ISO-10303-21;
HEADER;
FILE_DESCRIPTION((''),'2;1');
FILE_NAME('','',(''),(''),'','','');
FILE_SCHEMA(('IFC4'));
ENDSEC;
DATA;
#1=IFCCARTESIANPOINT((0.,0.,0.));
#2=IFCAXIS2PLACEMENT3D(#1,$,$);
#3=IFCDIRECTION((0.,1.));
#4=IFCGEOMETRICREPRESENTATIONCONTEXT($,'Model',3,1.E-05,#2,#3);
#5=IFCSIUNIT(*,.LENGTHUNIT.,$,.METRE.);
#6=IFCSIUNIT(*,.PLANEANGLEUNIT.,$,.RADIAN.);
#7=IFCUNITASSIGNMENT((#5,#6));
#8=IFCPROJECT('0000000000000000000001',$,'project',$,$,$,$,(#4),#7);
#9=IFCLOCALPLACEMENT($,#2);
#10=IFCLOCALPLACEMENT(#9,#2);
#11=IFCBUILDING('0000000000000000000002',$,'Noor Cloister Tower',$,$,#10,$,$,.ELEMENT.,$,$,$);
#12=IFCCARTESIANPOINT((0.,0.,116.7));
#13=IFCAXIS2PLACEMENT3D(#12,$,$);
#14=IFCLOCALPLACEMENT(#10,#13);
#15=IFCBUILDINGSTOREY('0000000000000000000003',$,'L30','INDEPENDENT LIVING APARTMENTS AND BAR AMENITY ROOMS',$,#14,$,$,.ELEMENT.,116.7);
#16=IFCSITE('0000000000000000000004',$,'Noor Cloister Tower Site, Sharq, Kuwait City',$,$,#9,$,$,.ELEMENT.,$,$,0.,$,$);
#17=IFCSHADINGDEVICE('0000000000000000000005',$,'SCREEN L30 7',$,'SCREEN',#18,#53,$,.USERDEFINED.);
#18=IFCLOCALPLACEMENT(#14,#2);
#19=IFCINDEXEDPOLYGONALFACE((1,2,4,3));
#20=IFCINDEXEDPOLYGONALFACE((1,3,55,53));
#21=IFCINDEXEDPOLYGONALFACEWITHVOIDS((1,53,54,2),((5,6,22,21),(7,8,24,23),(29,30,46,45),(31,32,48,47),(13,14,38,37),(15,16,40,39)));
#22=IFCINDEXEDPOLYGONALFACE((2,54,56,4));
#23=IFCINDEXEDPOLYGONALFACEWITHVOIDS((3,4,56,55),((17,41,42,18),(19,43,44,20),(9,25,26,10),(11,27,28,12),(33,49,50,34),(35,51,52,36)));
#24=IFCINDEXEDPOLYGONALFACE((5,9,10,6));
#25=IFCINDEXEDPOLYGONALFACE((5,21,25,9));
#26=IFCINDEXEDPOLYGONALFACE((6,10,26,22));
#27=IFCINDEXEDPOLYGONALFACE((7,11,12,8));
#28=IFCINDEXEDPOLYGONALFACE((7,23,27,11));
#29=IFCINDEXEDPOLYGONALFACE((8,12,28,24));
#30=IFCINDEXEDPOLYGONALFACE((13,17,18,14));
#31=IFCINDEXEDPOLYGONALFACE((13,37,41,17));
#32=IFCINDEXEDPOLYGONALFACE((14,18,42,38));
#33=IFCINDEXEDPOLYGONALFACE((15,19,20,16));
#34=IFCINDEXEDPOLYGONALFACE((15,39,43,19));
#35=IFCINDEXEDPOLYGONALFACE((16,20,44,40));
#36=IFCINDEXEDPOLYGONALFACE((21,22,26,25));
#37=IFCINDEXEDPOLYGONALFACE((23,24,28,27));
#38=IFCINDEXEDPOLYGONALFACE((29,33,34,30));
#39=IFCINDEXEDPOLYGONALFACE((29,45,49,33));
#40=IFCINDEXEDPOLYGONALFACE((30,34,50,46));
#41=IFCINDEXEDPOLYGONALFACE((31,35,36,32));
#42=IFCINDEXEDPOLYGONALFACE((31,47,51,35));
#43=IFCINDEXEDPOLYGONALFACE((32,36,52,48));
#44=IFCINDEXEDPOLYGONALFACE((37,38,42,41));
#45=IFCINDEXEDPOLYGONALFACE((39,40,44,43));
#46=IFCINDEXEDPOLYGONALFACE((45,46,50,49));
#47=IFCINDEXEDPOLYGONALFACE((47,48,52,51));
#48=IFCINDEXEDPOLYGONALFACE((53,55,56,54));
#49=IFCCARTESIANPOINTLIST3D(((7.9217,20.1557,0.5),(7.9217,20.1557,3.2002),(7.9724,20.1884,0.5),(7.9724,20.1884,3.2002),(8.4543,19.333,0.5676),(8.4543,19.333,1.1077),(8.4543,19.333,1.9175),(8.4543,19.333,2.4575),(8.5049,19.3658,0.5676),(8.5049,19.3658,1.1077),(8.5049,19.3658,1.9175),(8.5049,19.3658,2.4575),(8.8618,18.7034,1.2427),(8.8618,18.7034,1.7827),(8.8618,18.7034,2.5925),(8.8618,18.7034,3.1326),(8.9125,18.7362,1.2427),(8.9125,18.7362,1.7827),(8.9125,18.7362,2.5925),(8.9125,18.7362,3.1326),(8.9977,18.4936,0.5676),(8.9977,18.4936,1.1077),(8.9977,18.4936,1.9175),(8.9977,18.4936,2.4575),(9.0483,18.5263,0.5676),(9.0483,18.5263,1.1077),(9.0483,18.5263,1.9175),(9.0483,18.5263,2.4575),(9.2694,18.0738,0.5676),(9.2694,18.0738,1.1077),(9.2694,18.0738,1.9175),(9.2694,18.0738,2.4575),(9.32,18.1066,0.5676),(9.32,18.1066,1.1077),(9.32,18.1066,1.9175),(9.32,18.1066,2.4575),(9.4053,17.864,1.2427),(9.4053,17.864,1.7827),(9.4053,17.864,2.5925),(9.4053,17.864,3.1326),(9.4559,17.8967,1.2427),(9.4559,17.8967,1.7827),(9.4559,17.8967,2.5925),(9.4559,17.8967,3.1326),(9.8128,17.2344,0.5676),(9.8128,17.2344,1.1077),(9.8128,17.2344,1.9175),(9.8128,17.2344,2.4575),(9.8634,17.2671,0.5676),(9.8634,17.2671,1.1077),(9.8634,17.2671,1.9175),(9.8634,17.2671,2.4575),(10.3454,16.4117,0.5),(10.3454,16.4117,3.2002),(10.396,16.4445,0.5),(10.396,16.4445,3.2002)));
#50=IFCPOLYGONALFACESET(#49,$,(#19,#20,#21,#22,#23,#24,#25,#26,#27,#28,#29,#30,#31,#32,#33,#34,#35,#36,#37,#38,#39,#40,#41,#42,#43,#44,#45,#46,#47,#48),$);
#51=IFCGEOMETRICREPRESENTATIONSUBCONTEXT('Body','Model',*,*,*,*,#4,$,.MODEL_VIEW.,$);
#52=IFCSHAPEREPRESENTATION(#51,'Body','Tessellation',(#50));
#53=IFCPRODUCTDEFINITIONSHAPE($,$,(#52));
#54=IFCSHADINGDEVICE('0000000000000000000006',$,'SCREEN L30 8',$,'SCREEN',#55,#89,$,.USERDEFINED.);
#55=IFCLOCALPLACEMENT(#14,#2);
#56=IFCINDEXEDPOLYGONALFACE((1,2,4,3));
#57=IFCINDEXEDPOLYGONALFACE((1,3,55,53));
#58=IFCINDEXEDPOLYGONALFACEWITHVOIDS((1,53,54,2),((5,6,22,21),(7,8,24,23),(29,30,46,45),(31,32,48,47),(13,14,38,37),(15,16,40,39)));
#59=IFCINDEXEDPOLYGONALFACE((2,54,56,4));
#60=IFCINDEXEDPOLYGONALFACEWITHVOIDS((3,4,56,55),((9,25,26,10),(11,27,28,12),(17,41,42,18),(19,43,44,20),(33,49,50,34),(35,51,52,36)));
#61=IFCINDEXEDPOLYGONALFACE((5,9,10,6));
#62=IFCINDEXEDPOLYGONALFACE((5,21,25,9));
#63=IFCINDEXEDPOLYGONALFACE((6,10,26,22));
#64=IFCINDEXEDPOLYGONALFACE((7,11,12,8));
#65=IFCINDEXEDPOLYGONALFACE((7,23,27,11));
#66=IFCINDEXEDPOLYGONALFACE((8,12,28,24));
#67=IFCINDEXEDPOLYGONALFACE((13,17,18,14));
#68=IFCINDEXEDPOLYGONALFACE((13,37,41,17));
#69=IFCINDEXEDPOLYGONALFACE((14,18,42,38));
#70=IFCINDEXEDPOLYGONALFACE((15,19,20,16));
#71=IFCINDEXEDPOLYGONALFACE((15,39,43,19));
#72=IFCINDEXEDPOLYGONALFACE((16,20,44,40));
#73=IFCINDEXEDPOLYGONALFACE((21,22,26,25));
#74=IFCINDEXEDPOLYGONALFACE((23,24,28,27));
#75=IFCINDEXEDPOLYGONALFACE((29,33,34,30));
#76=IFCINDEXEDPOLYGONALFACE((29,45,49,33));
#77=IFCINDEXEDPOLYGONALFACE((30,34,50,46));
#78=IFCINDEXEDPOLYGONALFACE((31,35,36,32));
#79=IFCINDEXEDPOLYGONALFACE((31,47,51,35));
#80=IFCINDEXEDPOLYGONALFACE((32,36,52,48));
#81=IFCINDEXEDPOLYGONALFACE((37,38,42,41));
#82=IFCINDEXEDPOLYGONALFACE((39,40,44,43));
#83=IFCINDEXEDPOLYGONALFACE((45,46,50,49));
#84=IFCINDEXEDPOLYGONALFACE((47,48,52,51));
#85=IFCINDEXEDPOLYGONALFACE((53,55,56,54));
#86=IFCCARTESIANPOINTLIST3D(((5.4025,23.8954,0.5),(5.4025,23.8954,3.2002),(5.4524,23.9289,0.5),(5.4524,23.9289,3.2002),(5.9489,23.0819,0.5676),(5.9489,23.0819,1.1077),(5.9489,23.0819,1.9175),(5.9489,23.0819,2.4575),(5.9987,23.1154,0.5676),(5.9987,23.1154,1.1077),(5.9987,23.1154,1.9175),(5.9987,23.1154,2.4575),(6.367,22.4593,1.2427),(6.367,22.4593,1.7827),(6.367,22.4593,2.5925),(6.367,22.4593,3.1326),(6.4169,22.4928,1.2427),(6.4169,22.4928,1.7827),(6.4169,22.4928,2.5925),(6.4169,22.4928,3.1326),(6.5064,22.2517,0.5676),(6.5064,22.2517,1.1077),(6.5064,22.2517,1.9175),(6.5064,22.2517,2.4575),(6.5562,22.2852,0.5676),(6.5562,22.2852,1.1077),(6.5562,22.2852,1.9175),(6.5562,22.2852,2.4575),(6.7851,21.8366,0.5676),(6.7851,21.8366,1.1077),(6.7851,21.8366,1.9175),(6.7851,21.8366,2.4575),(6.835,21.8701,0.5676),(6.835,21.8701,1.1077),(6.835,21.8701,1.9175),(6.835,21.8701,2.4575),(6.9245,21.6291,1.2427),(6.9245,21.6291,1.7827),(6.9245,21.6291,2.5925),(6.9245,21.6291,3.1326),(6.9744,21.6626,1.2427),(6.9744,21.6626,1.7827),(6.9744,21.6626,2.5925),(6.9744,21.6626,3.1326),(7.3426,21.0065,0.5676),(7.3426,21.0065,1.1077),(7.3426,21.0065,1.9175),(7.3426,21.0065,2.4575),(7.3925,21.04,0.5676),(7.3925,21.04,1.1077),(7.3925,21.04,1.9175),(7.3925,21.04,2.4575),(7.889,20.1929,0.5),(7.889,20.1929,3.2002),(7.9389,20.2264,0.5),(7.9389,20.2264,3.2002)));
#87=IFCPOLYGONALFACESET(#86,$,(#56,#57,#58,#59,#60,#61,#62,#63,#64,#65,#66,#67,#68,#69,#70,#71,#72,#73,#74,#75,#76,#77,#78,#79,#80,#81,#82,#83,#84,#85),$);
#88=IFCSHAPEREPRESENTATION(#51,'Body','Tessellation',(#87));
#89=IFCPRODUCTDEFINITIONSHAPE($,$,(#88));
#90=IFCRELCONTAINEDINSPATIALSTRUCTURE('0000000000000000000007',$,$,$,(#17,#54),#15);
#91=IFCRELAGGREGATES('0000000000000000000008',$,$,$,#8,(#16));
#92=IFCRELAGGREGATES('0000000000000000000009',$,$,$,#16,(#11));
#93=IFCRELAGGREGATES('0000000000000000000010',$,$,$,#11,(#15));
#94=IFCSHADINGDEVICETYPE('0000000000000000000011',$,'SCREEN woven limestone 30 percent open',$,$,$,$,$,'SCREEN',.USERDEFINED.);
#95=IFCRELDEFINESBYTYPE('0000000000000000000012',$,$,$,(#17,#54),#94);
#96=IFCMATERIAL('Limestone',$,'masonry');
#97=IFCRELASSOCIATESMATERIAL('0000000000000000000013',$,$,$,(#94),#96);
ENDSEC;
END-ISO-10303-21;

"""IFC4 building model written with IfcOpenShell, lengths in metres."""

from ifc_helpers import new_model, si_unit, direction, frame, origin, place, context, subcontext, project, spatial, polyline, outline, extrude, material, material_profile, profile_set, type_object, element, save


model = new_model("IFC4")

# Units and contexts
model_context = context("Model", 3, precision=1e-05, world=origin(), true_north=direction((0.0, 1.0)))
body_context = subcontext(model_context, "Body", "Model", "MODEL_VIEW")
ifc_project = project(units=[si_unit("LENGTHUNIT", "METRE"), si_unit("PLANEANGLEUNIT", "RADIAN")], contexts=[model_context])

# Site, building, storey
site_placement = place(None, origin())
site = spatial("IfcSite", under=ifc_project, at=site_placement, Name="Noor Cloister Tower Site, Sharq, Kuwait City", CompositionType="ELEMENT", RefElevation=0.0)
building_placement = place(site_placement, origin())
building = spatial("IfcBuilding", under=site, at=building_placement, Name="Noor Cloister Tower", CompositionType="ELEMENT")
storey_placement = place(building_placement, frame((0.0, 0.0, 116.7)))
storey = spatial("IfcBuildingStorey", under=building, at=storey_placement, Name="L30", Description="INDEPENDENT LIVING APARTMENTS AND BAR AMENITY ROOMS", CompositionType="ELEMENT", Elevation=116.7)

# Shading devices
ifc_material_1 = material(Name="Limestone", Category="masonry")
ifc_material_profile_1 = material_profile(ifc_material_1, outline(polyline([(-2.23, -1.3501), (2.23, -1.3501), (2.23, 1.3501), (-2.23, 1.3501), (-2.23, -1.3501)]), holes=[polyline([(-1.25, -1.2825), (-0.25, -1.2825), (-0.25, -0.7424), (-1.25, -0.7424), (-1.25, -1.2825)]), polyline([(0.25, -1.2825), (1.25, -1.2825), (1.25, -0.7424), (0.25, -0.7424), (0.25, -1.2825)]), polyline([(-0.5, -0.6074), (0.5, -0.6074), (0.5, -0.0674), (-0.5, -0.0674), (-0.5, -0.6074)]), polyline([(-1.25, 0.0674), (-0.25, 0.0674), (-0.25, 0.6074), (-1.25, 0.6074), (-1.25, 0.0674)]), polyline([(0.25, 0.0674), (1.25, 0.0674), (1.25, 0.6074), (0.25, 0.6074), (0.25, 0.0674)]), polyline([(-0.5, 0.7424), (0.5, 0.7424), (0.5, 1.2825), (-0.5, 1.2825), (-0.5, 0.7424)])]), Name="Woven screen 30 percent open")
ifc_profile_set_1 = profile_set([ifc_material_profile_1], Name="Limestone")
shading_device_type = type_object("IfcShadingDeviceType", Name="SCREEN woven limestone 30 percent open", ElementType="SCREEN", PredefinedType="USERDEFINED", material=ifc_profile_set_1)
shading_device_1_placement = place(storey_placement, frame((9.1335, 18.2837, 1.8501), z_axis=(0.839461, 0.543419, 0.0), x_axis=(-0.543419, 0.839461, 0.0)))
element("IfcShadingDevice", 1, at=shading_device_1_placement, inside=storey, type_object=shading_device_type, Name="SCREEN L30 7", ObjectType="SCREEN", PredefinedType="USERDEFINED", context=body_context, shape_type="SweptSolid", body=[
    extrude(outline(polyline([(-2.23, -1.3501), (2.23, -1.3501), (2.23, 1.3501), (-2.23, 1.3501), (-2.23, -1.3501)]), holes=[polyline([(-1.25, -1.2825), (-0.25, -1.2825), (-0.25, -0.7424), (-1.25, -0.7424), (-1.25, -1.2825)]), polyline([(0.25, -1.2825), (1.25, -1.2825), (1.25, -0.7424), (0.25, -0.7424), (0.25, -1.2825)]), polyline([(-0.5, -0.6074), (0.5, -0.6074), (0.5, -0.0674), (-0.5, -0.0674), (-0.5, -0.6074)]), polyline([(-1.25, 0.0674), (-0.25, 0.0674), (-0.25, 0.6074), (-1.25, 0.6074), (-1.25, 0.0674)]), polyline([(0.25, 0.0674), (1.25, 0.0674), (1.25, 0.6074), (0.25, 0.6074), (0.25, 0.0674)]), polyline([(-0.5, 0.7424), (0.5, 0.7424), (0.5, 1.2825), (-0.5, 1.2825), (-0.5, 0.7424)])]), origin(), (0.0, 0.0, 1.0), 0.0603),
])
shading_device_2_placement = place(storey_placement, frame((6.6458, 22.0442, 1.8501), z_axis=(0.830167, 0.557514, 0.0), x_axis=(-0.557514, 0.830167, 0.0)))
element("IfcShadingDevice", 2, at=shading_device_2_placement, inside=storey, type_object=shading_device_type, Name="SCREEN L30 8", ObjectType="SCREEN", PredefinedType="USERDEFINED", context=body_context, shape_type="SweptSolid", body=[
    extrude(outline(polyline([(-2.23, -1.3501), (2.23, -1.3501), (2.23, 1.3501), (-2.23, 1.3501), (-2.23, -1.3501)]), holes=[polyline([(-1.25, -1.2825), (-0.25, -1.2825), (-0.25, -0.7424), (-1.25, -0.7424), (-1.25, -1.2825)]), polyline([(0.25, -1.2825), (1.25, -1.2825), (1.25, -0.7424), (0.25, -0.7424), (0.25, -1.2825)]), polyline([(-0.5, -0.6074), (0.5, -0.6074), (0.5, -0.0674), (-0.5, -0.0674), (-0.5, -0.6074)]), polyline([(-1.25, 0.0674), (-0.25, 0.0674), (-0.25, 0.6074), (-1.25, 0.6074), (-1.25, 0.0674)]), polyline([(0.25, 0.0674), (1.25, 0.0674), (1.25, 0.6074), (0.25, 0.6074), (0.25, 0.0674)]), polyline([(-0.5, 0.7424), (0.5, 0.7424), (0.5, 1.2825), (-0.5, 1.2825), (-0.5, 0.7424)])]), origin(), (0.0, 0.0, 1.0), 0.0601),
])

save(model, "model.ifc")
